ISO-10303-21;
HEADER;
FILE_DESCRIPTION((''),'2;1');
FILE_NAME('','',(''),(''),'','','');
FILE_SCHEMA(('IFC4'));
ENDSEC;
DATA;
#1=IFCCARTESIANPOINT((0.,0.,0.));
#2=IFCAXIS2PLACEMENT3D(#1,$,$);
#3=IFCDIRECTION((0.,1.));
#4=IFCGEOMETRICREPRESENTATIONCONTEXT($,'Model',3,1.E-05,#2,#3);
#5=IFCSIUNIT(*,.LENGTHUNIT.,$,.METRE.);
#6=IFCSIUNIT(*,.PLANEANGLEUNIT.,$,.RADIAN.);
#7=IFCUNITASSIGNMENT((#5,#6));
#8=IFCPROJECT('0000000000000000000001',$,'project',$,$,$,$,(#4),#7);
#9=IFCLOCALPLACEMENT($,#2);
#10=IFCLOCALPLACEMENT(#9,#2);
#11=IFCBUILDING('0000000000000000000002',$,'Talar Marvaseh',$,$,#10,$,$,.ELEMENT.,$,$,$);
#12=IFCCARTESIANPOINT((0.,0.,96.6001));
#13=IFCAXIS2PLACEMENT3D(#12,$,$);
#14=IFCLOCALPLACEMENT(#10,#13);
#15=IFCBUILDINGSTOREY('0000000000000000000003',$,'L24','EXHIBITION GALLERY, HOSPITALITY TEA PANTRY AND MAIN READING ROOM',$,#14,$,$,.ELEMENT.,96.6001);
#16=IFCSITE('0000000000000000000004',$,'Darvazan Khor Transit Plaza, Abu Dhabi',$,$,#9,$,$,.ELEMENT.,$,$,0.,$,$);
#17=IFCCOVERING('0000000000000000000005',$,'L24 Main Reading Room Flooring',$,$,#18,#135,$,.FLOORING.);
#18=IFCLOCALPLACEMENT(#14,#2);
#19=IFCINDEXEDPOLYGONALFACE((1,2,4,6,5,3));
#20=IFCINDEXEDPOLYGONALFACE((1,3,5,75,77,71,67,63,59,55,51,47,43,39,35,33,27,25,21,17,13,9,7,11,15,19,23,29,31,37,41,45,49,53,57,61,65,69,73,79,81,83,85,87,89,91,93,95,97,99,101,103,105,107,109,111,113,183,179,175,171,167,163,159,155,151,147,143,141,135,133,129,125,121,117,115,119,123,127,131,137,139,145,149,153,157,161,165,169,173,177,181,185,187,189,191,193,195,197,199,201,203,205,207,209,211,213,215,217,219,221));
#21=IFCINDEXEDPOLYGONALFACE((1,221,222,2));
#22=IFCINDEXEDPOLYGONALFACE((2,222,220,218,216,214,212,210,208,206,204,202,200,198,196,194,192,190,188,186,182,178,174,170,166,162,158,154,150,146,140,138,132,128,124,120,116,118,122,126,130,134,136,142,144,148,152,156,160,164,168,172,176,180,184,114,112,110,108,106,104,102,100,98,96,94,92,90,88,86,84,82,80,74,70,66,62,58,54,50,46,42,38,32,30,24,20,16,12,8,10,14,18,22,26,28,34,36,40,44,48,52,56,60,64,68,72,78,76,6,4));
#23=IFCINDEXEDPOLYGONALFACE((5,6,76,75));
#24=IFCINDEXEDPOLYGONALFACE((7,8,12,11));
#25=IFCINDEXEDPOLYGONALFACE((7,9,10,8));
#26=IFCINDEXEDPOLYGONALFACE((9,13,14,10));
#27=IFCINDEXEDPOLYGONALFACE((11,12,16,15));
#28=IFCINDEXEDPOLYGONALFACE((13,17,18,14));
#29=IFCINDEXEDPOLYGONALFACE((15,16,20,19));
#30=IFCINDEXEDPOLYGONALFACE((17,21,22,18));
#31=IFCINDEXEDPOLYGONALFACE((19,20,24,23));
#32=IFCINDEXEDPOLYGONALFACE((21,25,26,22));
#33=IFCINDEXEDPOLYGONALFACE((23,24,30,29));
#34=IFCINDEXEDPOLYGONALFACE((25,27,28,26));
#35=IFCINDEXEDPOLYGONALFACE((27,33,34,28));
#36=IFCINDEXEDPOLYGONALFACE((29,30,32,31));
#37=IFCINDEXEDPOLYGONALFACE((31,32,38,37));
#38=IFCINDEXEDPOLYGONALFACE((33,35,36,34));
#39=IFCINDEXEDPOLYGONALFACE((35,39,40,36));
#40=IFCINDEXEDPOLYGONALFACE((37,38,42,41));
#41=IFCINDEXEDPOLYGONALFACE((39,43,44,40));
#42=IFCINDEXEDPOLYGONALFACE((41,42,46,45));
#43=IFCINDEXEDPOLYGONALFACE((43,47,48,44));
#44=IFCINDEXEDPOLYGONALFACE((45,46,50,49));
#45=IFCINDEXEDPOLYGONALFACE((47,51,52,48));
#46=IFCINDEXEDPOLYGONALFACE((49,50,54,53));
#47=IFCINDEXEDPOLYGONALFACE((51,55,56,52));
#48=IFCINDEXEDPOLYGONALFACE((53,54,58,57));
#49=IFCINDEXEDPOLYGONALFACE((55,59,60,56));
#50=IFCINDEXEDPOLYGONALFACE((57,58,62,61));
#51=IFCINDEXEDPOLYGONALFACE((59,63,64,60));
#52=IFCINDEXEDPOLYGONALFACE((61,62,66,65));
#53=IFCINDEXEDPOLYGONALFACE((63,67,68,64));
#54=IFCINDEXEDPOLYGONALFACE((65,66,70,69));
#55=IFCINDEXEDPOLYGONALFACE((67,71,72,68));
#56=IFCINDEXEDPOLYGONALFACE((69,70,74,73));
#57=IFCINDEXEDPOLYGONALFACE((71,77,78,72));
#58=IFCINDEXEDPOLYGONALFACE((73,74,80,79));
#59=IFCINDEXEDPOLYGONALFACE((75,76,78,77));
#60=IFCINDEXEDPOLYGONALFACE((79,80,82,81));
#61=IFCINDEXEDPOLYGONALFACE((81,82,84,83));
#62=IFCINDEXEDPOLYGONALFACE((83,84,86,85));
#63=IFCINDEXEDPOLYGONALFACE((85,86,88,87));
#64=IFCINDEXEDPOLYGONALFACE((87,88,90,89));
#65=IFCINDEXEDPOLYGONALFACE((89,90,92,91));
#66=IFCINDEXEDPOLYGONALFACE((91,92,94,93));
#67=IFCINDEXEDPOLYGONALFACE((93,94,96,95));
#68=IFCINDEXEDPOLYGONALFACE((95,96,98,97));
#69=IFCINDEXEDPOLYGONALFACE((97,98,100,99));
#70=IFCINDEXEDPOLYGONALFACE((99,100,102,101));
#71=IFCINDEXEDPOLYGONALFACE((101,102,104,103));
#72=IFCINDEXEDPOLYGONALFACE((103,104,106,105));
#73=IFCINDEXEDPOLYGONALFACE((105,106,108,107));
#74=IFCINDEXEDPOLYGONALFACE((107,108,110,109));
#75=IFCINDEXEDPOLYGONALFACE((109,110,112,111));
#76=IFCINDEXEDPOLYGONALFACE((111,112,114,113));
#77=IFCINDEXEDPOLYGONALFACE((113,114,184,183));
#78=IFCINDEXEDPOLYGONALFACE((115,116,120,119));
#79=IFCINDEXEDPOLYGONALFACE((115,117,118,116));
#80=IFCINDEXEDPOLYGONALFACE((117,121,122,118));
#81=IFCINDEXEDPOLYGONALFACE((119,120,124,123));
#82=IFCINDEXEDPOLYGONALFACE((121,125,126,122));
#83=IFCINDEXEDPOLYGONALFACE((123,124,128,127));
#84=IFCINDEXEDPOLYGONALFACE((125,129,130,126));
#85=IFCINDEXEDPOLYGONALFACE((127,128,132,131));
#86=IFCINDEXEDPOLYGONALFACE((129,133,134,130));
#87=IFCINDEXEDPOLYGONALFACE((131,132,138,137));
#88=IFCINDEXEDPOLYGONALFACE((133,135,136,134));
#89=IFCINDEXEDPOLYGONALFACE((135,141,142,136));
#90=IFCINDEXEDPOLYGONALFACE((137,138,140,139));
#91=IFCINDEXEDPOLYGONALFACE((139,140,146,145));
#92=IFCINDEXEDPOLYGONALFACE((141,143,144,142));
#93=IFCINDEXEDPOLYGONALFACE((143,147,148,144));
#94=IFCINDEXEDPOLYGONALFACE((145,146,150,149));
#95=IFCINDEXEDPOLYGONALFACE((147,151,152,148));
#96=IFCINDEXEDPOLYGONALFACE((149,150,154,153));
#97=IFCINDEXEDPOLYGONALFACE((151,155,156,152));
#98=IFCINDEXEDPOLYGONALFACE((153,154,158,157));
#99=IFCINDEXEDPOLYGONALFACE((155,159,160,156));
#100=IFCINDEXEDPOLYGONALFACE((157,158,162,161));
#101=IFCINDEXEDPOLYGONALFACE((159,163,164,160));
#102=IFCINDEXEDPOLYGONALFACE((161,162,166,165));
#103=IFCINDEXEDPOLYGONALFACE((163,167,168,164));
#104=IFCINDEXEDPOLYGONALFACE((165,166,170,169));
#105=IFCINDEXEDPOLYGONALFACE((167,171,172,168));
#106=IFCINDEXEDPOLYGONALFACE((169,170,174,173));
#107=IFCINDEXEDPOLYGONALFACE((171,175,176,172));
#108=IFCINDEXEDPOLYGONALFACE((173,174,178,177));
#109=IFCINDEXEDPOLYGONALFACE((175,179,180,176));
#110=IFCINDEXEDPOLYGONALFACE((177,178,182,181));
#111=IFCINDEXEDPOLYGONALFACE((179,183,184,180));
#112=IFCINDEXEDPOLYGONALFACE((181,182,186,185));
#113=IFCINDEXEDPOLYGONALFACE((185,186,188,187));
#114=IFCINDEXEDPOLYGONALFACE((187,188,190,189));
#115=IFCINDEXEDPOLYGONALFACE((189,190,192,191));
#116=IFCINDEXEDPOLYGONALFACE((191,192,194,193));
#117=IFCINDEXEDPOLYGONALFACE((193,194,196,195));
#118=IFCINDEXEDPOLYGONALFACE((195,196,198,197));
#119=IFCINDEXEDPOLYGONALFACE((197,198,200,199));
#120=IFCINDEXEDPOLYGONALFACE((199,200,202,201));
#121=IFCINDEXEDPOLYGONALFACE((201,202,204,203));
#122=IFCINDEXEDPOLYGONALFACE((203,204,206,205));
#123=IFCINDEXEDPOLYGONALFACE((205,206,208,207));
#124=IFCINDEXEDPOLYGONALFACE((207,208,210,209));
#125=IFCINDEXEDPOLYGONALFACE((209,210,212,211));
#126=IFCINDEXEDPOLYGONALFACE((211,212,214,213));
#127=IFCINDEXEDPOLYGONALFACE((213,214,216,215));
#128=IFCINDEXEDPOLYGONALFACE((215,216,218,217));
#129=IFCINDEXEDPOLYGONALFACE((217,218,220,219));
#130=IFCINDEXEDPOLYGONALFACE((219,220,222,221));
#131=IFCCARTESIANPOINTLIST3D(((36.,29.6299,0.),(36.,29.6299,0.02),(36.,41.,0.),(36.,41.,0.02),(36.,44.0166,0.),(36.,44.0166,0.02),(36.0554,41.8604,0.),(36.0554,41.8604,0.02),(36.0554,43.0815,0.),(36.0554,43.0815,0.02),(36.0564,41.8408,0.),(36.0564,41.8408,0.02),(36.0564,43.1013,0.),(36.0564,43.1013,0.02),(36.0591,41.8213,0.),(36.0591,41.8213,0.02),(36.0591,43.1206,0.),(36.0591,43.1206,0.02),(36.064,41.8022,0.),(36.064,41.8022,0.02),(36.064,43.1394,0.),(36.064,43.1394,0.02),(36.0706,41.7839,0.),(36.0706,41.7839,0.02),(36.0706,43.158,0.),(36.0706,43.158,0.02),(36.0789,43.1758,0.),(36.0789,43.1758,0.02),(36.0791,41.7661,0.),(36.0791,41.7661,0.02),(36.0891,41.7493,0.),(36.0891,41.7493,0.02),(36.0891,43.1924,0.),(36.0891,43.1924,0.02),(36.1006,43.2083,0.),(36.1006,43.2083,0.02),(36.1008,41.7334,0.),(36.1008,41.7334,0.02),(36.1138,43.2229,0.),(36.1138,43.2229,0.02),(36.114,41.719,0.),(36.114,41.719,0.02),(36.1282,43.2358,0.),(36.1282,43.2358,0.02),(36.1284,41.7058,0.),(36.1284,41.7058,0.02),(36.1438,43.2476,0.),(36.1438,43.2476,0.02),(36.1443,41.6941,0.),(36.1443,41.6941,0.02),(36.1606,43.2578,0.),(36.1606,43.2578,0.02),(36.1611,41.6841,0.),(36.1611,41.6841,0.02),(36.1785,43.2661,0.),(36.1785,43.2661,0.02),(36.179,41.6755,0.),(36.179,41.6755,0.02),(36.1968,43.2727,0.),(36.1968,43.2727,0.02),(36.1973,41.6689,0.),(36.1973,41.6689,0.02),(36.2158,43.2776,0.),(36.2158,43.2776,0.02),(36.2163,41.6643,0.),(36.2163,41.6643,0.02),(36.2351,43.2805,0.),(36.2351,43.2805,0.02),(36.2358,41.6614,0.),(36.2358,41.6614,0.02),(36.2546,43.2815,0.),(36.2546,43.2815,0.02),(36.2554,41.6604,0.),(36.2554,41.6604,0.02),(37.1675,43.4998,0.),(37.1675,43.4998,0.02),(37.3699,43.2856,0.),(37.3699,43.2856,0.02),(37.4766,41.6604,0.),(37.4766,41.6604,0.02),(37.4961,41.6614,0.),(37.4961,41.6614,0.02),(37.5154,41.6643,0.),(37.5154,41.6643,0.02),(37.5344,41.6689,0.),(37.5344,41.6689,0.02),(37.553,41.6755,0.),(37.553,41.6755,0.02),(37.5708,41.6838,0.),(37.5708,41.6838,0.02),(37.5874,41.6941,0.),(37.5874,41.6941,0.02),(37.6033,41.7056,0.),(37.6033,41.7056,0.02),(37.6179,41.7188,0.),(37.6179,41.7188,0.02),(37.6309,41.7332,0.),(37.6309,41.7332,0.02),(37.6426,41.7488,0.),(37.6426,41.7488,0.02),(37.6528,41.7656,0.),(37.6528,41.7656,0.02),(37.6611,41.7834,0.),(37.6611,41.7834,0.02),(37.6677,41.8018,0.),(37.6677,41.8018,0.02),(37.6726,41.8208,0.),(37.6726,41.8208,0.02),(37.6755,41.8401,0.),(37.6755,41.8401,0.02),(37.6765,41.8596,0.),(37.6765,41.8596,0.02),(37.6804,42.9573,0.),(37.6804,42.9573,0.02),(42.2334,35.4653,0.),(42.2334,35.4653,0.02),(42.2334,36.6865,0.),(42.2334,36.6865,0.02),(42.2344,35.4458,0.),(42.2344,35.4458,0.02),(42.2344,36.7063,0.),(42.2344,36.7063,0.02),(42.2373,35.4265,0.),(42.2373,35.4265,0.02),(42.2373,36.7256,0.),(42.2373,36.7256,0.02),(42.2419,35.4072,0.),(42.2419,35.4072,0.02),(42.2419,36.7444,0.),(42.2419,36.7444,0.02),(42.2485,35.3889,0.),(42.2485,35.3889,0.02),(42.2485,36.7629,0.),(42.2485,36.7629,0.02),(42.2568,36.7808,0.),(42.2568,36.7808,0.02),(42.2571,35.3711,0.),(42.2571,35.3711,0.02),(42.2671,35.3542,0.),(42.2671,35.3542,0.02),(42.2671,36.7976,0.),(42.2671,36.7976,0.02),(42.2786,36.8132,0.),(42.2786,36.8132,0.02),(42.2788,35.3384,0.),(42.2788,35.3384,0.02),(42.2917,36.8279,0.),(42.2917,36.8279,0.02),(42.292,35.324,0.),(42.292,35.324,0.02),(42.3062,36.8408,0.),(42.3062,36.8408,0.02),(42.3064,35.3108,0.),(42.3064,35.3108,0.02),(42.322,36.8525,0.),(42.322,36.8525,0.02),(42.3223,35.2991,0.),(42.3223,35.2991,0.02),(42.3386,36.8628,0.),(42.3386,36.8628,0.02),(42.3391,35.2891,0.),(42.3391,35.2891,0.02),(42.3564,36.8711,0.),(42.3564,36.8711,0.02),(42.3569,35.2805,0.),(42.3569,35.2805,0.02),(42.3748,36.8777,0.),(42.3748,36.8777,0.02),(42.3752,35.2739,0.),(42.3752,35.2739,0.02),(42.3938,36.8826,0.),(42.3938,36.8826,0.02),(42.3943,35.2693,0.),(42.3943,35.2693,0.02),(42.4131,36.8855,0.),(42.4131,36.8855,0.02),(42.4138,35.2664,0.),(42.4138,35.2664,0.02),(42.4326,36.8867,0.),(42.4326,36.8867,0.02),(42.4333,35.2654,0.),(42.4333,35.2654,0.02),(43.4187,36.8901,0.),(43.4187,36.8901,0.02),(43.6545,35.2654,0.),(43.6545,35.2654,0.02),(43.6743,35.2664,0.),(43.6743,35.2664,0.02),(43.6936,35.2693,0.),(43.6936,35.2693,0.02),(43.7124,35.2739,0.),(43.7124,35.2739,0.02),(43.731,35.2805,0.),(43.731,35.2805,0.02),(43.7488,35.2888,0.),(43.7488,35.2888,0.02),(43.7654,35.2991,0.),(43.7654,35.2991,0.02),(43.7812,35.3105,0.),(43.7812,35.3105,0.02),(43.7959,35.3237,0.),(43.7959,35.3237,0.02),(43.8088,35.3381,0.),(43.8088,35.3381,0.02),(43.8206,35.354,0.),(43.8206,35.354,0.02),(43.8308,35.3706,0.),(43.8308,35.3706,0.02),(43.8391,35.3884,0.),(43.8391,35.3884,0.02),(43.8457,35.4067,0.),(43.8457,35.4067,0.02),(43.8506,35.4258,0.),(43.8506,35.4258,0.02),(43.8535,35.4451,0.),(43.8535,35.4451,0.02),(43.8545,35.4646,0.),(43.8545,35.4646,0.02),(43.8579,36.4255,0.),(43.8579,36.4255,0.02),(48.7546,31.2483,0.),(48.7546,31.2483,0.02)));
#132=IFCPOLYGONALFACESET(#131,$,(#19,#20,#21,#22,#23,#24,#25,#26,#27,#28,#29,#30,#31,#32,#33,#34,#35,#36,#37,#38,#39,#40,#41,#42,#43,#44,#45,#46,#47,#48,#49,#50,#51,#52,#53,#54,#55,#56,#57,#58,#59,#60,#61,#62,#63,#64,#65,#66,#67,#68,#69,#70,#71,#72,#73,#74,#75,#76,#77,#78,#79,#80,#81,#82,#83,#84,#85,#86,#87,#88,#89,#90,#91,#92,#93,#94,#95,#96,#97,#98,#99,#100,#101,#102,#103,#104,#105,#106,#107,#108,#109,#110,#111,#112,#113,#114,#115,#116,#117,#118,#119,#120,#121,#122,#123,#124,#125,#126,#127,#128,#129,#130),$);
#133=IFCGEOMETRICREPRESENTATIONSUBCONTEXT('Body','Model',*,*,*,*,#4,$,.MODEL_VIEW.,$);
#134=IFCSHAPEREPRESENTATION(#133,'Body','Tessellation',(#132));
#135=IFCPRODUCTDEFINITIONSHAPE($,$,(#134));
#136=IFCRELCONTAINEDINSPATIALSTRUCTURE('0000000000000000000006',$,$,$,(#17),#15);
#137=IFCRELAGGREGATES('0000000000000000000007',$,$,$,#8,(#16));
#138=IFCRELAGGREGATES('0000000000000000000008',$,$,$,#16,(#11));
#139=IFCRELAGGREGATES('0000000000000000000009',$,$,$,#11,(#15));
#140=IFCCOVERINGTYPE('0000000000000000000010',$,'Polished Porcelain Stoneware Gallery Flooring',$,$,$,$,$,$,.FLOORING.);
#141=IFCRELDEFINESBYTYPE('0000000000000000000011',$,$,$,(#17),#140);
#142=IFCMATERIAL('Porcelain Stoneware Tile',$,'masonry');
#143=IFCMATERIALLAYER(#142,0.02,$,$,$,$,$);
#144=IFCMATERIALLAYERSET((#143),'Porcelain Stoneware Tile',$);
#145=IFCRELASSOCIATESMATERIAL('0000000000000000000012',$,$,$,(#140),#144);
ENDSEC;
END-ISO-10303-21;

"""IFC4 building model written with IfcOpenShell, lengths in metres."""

from ifc_helpers import new_model, si_unit, direction, frame, origin, place, context, subcontext, project, spatial, polyline, outline, extrude, material, layer, layer_set, type_object, element, save


model = new_model("IFC4")

# Units and contexts
model_context = context("Model", 3, precision=1e-05, world=origin(), true_north=direction((0.0, 1.0)))
body_context = subcontext(model_context, "Body", "Model", "MODEL_VIEW")
ifc_project = project(units=[si_unit("LENGTHUNIT", "METRE"), si_unit("PLANEANGLEUNIT", "RADIAN")], contexts=[model_context])

# Site, building, storey
site_placement = place(None, origin())
site = spatial("IfcSite", under=ifc_project, at=site_placement, Name="Darvazan Khor Transit Plaza, Abu Dhabi", CompositionType="ELEMENT", RefElevation=0.0)
building_placement = place(site_placement, origin())
building = spatial("IfcBuilding", under=site, at=building_placement, Name="Talar Marvaseh", CompositionType="ELEMENT")
storey_placement = place(building_placement, frame((0.0, 0.0, 96.6001)))
storey = spatial("IfcBuildingStorey", under=building, at=storey_placement, Name="L24", Description="EXHIBITION GALLERY, HOSPITALITY TEA PANTRY AND MAIN READING ROOM", CompositionType="ELEMENT", Elevation=96.6001)

# Covering
ifc_material_1 = material(Name="Porcelain Stoneware Tile", Category="masonry")
ifc_layer_1 = layer(ifc_material_1, 0.02)
ifc_layer_set_1 = layer_set([ifc_layer_1], Name="Porcelain Stoneware Tile")
covering_type_1 = type_object("IfcCoveringType", Name="Polished Porcelain Stoneware Gallery Flooring", PredefinedType="FLOORING", material=ifc_layer_set_1)
covering_1_placement = place(storey_placement, origin())
element("IfcCovering", 1, at=covering_1_placement, inside=storey, type_object=covering_type_1, Name="L24 Main Reading Room Flooring", PredefinedType="FLOORING", context=body_context, shape_type="SweptSolid", body=[
    extrude(outline(polyline([(36.0, 44.0166), (37.1675, 43.4998), (37.3699, 43.2856), (36.2546, 43.2815), (36.2351, 43.2805), (36.2158, 43.2776), (36.1968, 43.2727), (36.1785, 43.2661), (36.1606, 43.2578), (36.1438, 43.2476), (36.1282, 43.2358), (36.1138, 43.2229), (36.1006, 43.2083), (36.0891, 43.1924), (36.0789, 43.1758), (36.0706, 43.158), (36.064, 43.1394), (36.0591, 43.1206), (36.0564, 43.1013), (36.0554, 43.0815), (36.0554, 41.8604), (36.0564, 41.8408), (36.0591, 41.8213), (36.064, 41.8022), (36.0706, 41.7839), (36.0791, 41.7661), (36.0891, 41.7493), (36.1008, 41.7334), (36.114, 41.719), (36.1284, 41.7058), (36.1443, 41.6941), (36.1611, 41.6841), (36.179, 41.6755), (36.1973, 41.6689), (36.2163, 41.6643), (36.2358, 41.6614), (36.2554, 41.6604), (37.4766, 41.6604), (37.4961, 41.6614), (37.5154, 41.6643), (37.5344, 41.6689), (37.553, 41.6755), (37.5708, 41.6838), (37.5874, 41.6941), (37.6033, 41.7056), (37.6179, 41.7188), (37.6309, 41.7332), (37.6426, 41.7488), (37.6528, 41.7656), (37.6611, 41.7834), (37.6677, 41.8018), (37.6726, 41.8208), (37.6755, 41.8401), (37.6765, 41.8596), (37.6804, 42.9573), (43.4187, 36.8901), (42.4326, 36.8867), (42.4131, 36.8855), (42.3938, 36.8826), (42.3748, 36.8777), (42.3564, 36.8711), (42.3386, 36.8628), (42.322, 36.8525), (42.3062, 36.8408), (42.2917, 36.8279), (42.2786, 36.8132), (42.2671, 36.7976), (42.2568, 36.7808), (42.2485, 36.7629), (42.2419, 36.7444), (42.2373, 36.7256), (42.2344, 36.7063), (42.2334, 36.6865), (42.2334, 35.4653), (42.2344, 35.4458), (42.2373, 35.4265), (42.2419, 35.4072), (42.2485, 35.3889), (42.2571, 35.3711), (42.2671, 35.3542), (42.2788, 35.3384), (42.292, 35.324), (42.3064, 35.3108), (42.3223, 35.2991), (42.3391, 35.2891), (42.3569, 35.2805), (42.3752, 35.2739), (42.3943, 35.2693), (42.4138, 35.2664), (42.4333, 35.2654), (43.6545, 35.2654), (43.6743, 35.2664), (43.6936, 35.2693), (43.7124, 35.2739), (43.731, 35.2805), (43.7488, 35.2888), (43.7654, 35.2991), (43.7812, 35.3105), (43.7959, 35.3237), (43.8088, 35.3381), (43.8206, 35.354), (43.8308, 35.3706), (43.8391, 35.3884), (43.8457, 35.4067), (43.8506, 35.4258), (43.8535, 35.4451), (43.8545, 35.4646), (43.8579, 36.4255), (48.7546, 31.2483), (36.0, 29.6299), (36.0, 41.0), (36.0, 44.0166)])), origin(), (0.0, 0.0, 1.0), 0.02),
])

save(model, "model.ifc")
